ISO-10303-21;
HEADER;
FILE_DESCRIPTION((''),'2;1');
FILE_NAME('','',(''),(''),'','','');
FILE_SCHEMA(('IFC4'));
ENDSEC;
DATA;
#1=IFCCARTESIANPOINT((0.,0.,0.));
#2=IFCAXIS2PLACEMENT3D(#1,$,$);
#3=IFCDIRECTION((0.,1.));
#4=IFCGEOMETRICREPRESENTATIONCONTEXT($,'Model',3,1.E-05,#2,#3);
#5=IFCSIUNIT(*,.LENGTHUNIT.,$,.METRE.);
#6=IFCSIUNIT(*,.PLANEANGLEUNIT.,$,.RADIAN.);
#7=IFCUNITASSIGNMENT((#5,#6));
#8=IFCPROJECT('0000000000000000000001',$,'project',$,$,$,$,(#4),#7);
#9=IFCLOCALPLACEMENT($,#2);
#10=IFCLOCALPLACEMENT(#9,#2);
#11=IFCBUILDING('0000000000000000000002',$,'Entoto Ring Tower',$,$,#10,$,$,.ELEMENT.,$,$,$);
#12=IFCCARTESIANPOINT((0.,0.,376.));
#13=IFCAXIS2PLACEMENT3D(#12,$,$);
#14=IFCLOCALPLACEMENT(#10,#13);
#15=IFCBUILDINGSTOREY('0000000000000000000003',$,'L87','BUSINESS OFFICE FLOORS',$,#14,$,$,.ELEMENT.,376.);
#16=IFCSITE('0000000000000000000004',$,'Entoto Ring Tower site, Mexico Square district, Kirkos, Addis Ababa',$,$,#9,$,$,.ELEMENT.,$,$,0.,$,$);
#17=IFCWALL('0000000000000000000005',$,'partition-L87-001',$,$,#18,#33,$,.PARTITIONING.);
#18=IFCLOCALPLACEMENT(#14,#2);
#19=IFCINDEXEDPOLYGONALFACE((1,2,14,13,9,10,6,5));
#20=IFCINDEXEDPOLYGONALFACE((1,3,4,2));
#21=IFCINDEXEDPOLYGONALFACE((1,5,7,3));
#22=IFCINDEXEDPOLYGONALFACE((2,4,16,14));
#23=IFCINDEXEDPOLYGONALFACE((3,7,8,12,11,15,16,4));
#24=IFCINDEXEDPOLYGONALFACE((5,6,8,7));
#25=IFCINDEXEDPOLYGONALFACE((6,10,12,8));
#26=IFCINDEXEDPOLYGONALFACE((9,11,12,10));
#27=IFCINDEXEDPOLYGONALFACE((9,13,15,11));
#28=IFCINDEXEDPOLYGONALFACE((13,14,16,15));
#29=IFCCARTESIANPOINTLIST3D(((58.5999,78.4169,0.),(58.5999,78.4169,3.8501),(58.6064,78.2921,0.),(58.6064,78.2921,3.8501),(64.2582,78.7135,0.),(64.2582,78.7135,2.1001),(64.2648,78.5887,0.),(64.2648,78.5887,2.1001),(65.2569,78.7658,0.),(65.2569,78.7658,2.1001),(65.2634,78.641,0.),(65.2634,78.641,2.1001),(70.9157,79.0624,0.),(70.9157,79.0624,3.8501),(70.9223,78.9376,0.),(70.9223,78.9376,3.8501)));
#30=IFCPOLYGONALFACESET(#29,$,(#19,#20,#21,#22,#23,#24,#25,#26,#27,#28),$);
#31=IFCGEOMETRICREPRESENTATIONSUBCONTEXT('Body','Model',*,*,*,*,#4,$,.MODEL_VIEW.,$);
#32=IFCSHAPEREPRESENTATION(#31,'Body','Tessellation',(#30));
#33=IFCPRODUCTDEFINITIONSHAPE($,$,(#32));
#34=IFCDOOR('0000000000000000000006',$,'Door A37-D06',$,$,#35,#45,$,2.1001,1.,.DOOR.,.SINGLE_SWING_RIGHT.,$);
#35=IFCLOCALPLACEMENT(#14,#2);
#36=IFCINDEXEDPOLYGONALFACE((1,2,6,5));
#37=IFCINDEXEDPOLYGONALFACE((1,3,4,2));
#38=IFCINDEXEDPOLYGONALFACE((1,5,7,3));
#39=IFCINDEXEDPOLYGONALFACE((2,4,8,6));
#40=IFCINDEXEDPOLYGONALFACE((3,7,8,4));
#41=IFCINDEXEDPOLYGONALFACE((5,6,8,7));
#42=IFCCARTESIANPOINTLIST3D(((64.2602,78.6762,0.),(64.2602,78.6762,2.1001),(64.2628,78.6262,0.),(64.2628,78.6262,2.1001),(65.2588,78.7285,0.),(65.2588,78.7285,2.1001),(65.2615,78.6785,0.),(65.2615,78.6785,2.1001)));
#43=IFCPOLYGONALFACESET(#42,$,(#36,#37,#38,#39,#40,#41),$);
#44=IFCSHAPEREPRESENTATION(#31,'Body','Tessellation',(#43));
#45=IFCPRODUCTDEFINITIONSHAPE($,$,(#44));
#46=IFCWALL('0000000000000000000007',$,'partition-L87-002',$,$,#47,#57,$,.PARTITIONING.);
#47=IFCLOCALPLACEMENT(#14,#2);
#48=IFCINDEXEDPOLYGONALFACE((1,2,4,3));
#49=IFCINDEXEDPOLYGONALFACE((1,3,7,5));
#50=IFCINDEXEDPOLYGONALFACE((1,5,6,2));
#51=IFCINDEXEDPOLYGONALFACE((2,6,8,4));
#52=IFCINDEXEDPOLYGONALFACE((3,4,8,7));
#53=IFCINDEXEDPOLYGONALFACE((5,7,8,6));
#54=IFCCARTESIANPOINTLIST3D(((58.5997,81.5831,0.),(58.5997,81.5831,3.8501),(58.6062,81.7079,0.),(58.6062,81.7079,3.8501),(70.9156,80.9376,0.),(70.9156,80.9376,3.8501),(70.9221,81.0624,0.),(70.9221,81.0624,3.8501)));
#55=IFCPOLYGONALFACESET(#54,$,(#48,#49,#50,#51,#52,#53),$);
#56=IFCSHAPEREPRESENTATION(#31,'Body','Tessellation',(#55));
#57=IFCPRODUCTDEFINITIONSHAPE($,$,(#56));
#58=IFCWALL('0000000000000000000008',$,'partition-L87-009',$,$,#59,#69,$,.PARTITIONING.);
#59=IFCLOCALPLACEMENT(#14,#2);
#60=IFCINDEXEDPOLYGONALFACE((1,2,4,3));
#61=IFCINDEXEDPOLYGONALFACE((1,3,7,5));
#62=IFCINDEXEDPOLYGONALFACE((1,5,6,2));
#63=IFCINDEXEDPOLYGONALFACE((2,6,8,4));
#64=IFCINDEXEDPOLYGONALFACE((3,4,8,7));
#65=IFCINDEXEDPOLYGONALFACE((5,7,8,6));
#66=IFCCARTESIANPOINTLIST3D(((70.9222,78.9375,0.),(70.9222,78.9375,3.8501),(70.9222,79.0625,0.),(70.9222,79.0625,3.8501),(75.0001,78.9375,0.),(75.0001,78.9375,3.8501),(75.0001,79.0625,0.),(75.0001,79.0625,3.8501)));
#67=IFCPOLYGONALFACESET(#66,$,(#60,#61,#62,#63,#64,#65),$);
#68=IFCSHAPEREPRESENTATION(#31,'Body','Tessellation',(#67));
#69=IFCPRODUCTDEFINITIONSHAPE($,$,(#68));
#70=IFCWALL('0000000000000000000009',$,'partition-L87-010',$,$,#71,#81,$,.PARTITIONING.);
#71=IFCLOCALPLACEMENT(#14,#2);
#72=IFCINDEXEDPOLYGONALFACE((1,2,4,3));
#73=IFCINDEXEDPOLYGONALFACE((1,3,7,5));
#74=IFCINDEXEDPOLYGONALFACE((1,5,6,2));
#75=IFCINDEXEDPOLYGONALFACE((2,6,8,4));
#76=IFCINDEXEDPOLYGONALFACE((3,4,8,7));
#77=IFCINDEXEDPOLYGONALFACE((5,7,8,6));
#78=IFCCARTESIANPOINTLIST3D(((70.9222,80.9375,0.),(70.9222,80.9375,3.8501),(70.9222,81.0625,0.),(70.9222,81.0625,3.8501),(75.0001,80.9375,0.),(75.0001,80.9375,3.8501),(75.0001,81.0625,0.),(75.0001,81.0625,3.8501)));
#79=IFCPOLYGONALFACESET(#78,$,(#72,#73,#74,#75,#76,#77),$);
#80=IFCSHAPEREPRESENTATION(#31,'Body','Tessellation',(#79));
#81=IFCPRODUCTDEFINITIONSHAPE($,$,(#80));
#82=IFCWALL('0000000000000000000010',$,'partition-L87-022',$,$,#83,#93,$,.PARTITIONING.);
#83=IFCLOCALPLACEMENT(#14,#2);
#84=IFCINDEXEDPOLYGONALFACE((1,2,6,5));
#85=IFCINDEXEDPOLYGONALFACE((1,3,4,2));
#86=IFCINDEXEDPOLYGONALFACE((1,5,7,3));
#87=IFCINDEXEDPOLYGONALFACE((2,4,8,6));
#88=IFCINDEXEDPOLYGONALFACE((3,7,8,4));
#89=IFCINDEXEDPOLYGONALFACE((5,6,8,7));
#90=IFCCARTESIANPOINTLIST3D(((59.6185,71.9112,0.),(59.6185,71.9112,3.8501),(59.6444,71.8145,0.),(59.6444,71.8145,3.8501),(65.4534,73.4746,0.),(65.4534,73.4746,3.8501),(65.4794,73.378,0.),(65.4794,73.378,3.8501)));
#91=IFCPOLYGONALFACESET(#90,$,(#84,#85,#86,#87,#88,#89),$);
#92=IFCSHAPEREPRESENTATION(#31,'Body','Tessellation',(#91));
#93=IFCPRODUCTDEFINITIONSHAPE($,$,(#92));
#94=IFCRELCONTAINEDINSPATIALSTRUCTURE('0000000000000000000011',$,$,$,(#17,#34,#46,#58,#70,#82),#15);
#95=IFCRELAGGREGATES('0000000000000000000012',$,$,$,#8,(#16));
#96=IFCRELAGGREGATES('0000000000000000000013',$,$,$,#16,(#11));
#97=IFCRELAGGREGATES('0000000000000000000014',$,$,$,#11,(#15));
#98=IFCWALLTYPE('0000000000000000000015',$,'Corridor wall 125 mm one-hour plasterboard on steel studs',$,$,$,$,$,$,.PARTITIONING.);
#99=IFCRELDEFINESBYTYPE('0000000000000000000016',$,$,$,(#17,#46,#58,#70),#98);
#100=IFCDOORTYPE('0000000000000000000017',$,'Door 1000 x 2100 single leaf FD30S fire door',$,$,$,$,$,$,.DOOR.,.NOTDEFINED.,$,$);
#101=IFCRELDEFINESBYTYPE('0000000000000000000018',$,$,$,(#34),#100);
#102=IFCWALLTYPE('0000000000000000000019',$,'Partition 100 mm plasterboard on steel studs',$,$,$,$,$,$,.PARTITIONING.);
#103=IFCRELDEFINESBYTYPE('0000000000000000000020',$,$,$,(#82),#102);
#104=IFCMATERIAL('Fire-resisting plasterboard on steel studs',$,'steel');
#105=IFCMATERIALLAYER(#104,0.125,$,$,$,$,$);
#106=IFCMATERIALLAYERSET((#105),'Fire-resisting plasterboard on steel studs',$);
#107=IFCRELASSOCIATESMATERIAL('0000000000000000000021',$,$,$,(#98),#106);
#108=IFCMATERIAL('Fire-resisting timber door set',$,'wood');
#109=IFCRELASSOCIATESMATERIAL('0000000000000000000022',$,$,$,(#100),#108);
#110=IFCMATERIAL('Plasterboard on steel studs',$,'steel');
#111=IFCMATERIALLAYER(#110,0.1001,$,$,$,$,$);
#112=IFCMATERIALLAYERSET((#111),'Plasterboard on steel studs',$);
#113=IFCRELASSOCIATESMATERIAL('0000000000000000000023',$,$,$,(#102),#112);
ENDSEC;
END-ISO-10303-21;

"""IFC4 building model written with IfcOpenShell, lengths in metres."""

from ifc_helpers import new_model, si_unit, direction, frame, frame_2d, origin, place, context, subcontext, project, spatial, rectangle, extrude, material, layer, layer_set, type_object, element, fill, save


model = new_model("IFC4")

# Units and contexts
model_context = context("Model", 3, precision=1e-05, world=origin(), true_north=direction((0.0, 1.0)))
body_context = subcontext(model_context, "Body", "Model", "MODEL_VIEW")
ifc_project = project(units=[si_unit("LENGTHUNIT", "METRE"), si_unit("PLANEANGLEUNIT", "RADIAN")], contexts=[model_context])

# Site, building, storey
site_placement = place(None, origin())
site = spatial("IfcSite", under=ifc_project, at=site_placement, Name="Entoto Ring Tower site, Mexico Square district, Kirkos, Addis Ababa", CompositionType="ELEMENT", RefElevation=0.0)
building_placement = place(site_placement, origin())
building = spatial("IfcBuilding", under=site, at=building_placement, Name="Entoto Ring Tower", CompositionType="ELEMENT")
storey_placement = place(building_placement, frame((0.0, 0.0, 376.0)))
storey = spatial("IfcBuildingStorey", under=building, at=storey_placement, Name="L87", Description="BUSINESS OFFICE FLOORS", CompositionType="ELEMENT", Elevation=376.0)

# Wall, opening, door
ifc_material_1 = material(Name="Fire-resisting plasterboard on steel studs", Category="steel")
ifc_layer_1 = layer(ifc_material_1, 0.125)
ifc_layer_set_1 = layer_set([ifc_layer_1], Name="Fire-resisting plasterboard on steel studs")
wall_type_1 = type_object("IfcWallType", Name="Corridor wall 125 mm one-hour plasterboard on steel studs", PredefinedType="PARTITIONING", material=ifc_layer_set_1)
wall_1_placement = place(storey_placement, frame((58.603, 78.3545, 0.0), z_axis=(0.0, 0.0, 1.0), x_axis=(0.998629, 0.052341, 0.0)))
wall_1 = element("IfcWall", 1, at=wall_1_placement, inside=storey, type_object=wall_type_1, Name="partition-L87-001", PredefinedType="PARTITIONING", context=body_context, shape_type="SweptSolid", body=[
    extrude(rectangle(XDim=12.3328, YDim=0.125, at=frame_2d((6.1665, 0.0))), origin(), (0.0, 0.0, 1.0), 3.8501),
])
opening_placement = place(wall_1_placement, frame((5.6663, 0.0, 0.0)))
opening = element("IfcOpeningElement", 2, at=opening_placement, cuts=wall_1, PredefinedType="OPENING", context=body_context, shape_type="SweptSolid", body=[
    extrude(rectangle(XDim=1.0, YDim=2.1001, at=frame_2d((0.5, 1.05))), frame((0.0, 0.0725, 0.0), z_axis=(0.0, -1.0, 0.0), x_axis=(1.0, 0.0, 0.0)), (0.0, 0.0, 1.0), 0.145),
])
ifc_material_2 = material(Name="Fire-resisting timber door set", Category="wood")
door_type = type_object("IfcDoorType", Name="Door 1000 x 2100 single leaf FD30S fire door", OperationType="NOTDEFINED", PredefinedType="DOOR", material=ifc_material_2)
door_placement = place(opening_placement, frame((1.0, 0.0, 0.0), z_axis=(0.0, 0.0, 1.0), x_axis=(-1.0, 0.0, 0.0)))
door = element("IfcDoor", 3, at=door_placement, inside=storey, type_object=door_type, Name="Door A37-D06", OperationType="SINGLE_SWING_RIGHT", OverallHeight=2.1001, OverallWidth=1.0, PredefinedType="DOOR", context=body_context, shape_type="SweptSolid", body=[
    extrude(rectangle(XDim=1.0, YDim=2.1001, at=frame_2d((0.5, 1.05))), frame((0.0, 0.0249, 0.0), z_axis=(0.0, -1.0, 0.0), x_axis=(1.0, 0.0, 0.0)), (0.0, 0.0, 1.0), 0.05),
])
fill(opening, door)

# Walls
wall_2_placement = place(storey_placement, frame((70.9189, 81.0, 0.0), z_axis=(0.0, 0.0, 1.0), x_axis=(-0.998629, 0.052341, 0.0)))
element("IfcWall", 4, at=wall_2_placement, inside=storey, type_object=wall_type_1, Name="partition-L87-002", PredefinedType="PARTITIONING", context=body_context, shape_type="SweptSolid", body=[
    extrude(rectangle(XDim=12.3328, YDim=0.125, at=frame_2d((6.1665, 0.0))), origin(), (0.0, 0.0, 1.0), 3.8501),
])
for number, where, z_axis, x_axis, name in (
    (5, (70.9221, 79.0, 0.0), (0.0, 0.0, 1.0), (1.0, 0.0, 0.0), "partition-L87-009"),
    (6, (70.9221, 81.0, 0.0), (0.0, 0.0, 1.0), (1.0, 0.0, 0.0), "partition-L87-010"),
):
    element("IfcWall", number, at=place(storey_placement, frame(where, z_axis=z_axis, x_axis=x_axis)), inside=storey, type_object=wall_type_1, Name=name, PredefinedType="PARTITIONING", context=body_context, shape_type="SweptSolid", body=[
        extrude(rectangle(XDim=4.0779, YDim=0.125, at=frame_2d((2.0391, 0.0))), origin(), (0.0, 0.0, 1.0), 3.8501),
    ])
ifc_material_3 = material(Name="Plasterboard on steel studs", Category="steel")
ifc_layer_2 = layer(ifc_material_3, 0.1001)
ifc_layer_set_2 = layer_set([ifc_layer_2], Name="Plasterboard on steel studs")
wall_type_2 = type_object("IfcWallType", Name="Partition 100 mm plasterboard on steel studs", PredefinedType="PARTITIONING", material=ifc_layer_set_2)
wall_3_placement = place(storey_placement, frame((59.6313, 71.8628, 0.0), z_axis=(0.0, 0.0, 1.0), x_axis=(0.965926, 0.25882, 0.0)))
element("IfcWall", 7, at=wall_3_placement, inside=storey, type_object=wall_type_2, Name="partition-L87-022", PredefinedType="PARTITIONING", context=body_context, shape_type="SweptSolid", body=[
    extrude(rectangle(XDim=6.0408, YDim=0.1001, at=frame_2d((3.0205, 0.0))), origin(), (0.0, 0.0, 1.0), 3.8501),
])

save(model, "model.ifc")
